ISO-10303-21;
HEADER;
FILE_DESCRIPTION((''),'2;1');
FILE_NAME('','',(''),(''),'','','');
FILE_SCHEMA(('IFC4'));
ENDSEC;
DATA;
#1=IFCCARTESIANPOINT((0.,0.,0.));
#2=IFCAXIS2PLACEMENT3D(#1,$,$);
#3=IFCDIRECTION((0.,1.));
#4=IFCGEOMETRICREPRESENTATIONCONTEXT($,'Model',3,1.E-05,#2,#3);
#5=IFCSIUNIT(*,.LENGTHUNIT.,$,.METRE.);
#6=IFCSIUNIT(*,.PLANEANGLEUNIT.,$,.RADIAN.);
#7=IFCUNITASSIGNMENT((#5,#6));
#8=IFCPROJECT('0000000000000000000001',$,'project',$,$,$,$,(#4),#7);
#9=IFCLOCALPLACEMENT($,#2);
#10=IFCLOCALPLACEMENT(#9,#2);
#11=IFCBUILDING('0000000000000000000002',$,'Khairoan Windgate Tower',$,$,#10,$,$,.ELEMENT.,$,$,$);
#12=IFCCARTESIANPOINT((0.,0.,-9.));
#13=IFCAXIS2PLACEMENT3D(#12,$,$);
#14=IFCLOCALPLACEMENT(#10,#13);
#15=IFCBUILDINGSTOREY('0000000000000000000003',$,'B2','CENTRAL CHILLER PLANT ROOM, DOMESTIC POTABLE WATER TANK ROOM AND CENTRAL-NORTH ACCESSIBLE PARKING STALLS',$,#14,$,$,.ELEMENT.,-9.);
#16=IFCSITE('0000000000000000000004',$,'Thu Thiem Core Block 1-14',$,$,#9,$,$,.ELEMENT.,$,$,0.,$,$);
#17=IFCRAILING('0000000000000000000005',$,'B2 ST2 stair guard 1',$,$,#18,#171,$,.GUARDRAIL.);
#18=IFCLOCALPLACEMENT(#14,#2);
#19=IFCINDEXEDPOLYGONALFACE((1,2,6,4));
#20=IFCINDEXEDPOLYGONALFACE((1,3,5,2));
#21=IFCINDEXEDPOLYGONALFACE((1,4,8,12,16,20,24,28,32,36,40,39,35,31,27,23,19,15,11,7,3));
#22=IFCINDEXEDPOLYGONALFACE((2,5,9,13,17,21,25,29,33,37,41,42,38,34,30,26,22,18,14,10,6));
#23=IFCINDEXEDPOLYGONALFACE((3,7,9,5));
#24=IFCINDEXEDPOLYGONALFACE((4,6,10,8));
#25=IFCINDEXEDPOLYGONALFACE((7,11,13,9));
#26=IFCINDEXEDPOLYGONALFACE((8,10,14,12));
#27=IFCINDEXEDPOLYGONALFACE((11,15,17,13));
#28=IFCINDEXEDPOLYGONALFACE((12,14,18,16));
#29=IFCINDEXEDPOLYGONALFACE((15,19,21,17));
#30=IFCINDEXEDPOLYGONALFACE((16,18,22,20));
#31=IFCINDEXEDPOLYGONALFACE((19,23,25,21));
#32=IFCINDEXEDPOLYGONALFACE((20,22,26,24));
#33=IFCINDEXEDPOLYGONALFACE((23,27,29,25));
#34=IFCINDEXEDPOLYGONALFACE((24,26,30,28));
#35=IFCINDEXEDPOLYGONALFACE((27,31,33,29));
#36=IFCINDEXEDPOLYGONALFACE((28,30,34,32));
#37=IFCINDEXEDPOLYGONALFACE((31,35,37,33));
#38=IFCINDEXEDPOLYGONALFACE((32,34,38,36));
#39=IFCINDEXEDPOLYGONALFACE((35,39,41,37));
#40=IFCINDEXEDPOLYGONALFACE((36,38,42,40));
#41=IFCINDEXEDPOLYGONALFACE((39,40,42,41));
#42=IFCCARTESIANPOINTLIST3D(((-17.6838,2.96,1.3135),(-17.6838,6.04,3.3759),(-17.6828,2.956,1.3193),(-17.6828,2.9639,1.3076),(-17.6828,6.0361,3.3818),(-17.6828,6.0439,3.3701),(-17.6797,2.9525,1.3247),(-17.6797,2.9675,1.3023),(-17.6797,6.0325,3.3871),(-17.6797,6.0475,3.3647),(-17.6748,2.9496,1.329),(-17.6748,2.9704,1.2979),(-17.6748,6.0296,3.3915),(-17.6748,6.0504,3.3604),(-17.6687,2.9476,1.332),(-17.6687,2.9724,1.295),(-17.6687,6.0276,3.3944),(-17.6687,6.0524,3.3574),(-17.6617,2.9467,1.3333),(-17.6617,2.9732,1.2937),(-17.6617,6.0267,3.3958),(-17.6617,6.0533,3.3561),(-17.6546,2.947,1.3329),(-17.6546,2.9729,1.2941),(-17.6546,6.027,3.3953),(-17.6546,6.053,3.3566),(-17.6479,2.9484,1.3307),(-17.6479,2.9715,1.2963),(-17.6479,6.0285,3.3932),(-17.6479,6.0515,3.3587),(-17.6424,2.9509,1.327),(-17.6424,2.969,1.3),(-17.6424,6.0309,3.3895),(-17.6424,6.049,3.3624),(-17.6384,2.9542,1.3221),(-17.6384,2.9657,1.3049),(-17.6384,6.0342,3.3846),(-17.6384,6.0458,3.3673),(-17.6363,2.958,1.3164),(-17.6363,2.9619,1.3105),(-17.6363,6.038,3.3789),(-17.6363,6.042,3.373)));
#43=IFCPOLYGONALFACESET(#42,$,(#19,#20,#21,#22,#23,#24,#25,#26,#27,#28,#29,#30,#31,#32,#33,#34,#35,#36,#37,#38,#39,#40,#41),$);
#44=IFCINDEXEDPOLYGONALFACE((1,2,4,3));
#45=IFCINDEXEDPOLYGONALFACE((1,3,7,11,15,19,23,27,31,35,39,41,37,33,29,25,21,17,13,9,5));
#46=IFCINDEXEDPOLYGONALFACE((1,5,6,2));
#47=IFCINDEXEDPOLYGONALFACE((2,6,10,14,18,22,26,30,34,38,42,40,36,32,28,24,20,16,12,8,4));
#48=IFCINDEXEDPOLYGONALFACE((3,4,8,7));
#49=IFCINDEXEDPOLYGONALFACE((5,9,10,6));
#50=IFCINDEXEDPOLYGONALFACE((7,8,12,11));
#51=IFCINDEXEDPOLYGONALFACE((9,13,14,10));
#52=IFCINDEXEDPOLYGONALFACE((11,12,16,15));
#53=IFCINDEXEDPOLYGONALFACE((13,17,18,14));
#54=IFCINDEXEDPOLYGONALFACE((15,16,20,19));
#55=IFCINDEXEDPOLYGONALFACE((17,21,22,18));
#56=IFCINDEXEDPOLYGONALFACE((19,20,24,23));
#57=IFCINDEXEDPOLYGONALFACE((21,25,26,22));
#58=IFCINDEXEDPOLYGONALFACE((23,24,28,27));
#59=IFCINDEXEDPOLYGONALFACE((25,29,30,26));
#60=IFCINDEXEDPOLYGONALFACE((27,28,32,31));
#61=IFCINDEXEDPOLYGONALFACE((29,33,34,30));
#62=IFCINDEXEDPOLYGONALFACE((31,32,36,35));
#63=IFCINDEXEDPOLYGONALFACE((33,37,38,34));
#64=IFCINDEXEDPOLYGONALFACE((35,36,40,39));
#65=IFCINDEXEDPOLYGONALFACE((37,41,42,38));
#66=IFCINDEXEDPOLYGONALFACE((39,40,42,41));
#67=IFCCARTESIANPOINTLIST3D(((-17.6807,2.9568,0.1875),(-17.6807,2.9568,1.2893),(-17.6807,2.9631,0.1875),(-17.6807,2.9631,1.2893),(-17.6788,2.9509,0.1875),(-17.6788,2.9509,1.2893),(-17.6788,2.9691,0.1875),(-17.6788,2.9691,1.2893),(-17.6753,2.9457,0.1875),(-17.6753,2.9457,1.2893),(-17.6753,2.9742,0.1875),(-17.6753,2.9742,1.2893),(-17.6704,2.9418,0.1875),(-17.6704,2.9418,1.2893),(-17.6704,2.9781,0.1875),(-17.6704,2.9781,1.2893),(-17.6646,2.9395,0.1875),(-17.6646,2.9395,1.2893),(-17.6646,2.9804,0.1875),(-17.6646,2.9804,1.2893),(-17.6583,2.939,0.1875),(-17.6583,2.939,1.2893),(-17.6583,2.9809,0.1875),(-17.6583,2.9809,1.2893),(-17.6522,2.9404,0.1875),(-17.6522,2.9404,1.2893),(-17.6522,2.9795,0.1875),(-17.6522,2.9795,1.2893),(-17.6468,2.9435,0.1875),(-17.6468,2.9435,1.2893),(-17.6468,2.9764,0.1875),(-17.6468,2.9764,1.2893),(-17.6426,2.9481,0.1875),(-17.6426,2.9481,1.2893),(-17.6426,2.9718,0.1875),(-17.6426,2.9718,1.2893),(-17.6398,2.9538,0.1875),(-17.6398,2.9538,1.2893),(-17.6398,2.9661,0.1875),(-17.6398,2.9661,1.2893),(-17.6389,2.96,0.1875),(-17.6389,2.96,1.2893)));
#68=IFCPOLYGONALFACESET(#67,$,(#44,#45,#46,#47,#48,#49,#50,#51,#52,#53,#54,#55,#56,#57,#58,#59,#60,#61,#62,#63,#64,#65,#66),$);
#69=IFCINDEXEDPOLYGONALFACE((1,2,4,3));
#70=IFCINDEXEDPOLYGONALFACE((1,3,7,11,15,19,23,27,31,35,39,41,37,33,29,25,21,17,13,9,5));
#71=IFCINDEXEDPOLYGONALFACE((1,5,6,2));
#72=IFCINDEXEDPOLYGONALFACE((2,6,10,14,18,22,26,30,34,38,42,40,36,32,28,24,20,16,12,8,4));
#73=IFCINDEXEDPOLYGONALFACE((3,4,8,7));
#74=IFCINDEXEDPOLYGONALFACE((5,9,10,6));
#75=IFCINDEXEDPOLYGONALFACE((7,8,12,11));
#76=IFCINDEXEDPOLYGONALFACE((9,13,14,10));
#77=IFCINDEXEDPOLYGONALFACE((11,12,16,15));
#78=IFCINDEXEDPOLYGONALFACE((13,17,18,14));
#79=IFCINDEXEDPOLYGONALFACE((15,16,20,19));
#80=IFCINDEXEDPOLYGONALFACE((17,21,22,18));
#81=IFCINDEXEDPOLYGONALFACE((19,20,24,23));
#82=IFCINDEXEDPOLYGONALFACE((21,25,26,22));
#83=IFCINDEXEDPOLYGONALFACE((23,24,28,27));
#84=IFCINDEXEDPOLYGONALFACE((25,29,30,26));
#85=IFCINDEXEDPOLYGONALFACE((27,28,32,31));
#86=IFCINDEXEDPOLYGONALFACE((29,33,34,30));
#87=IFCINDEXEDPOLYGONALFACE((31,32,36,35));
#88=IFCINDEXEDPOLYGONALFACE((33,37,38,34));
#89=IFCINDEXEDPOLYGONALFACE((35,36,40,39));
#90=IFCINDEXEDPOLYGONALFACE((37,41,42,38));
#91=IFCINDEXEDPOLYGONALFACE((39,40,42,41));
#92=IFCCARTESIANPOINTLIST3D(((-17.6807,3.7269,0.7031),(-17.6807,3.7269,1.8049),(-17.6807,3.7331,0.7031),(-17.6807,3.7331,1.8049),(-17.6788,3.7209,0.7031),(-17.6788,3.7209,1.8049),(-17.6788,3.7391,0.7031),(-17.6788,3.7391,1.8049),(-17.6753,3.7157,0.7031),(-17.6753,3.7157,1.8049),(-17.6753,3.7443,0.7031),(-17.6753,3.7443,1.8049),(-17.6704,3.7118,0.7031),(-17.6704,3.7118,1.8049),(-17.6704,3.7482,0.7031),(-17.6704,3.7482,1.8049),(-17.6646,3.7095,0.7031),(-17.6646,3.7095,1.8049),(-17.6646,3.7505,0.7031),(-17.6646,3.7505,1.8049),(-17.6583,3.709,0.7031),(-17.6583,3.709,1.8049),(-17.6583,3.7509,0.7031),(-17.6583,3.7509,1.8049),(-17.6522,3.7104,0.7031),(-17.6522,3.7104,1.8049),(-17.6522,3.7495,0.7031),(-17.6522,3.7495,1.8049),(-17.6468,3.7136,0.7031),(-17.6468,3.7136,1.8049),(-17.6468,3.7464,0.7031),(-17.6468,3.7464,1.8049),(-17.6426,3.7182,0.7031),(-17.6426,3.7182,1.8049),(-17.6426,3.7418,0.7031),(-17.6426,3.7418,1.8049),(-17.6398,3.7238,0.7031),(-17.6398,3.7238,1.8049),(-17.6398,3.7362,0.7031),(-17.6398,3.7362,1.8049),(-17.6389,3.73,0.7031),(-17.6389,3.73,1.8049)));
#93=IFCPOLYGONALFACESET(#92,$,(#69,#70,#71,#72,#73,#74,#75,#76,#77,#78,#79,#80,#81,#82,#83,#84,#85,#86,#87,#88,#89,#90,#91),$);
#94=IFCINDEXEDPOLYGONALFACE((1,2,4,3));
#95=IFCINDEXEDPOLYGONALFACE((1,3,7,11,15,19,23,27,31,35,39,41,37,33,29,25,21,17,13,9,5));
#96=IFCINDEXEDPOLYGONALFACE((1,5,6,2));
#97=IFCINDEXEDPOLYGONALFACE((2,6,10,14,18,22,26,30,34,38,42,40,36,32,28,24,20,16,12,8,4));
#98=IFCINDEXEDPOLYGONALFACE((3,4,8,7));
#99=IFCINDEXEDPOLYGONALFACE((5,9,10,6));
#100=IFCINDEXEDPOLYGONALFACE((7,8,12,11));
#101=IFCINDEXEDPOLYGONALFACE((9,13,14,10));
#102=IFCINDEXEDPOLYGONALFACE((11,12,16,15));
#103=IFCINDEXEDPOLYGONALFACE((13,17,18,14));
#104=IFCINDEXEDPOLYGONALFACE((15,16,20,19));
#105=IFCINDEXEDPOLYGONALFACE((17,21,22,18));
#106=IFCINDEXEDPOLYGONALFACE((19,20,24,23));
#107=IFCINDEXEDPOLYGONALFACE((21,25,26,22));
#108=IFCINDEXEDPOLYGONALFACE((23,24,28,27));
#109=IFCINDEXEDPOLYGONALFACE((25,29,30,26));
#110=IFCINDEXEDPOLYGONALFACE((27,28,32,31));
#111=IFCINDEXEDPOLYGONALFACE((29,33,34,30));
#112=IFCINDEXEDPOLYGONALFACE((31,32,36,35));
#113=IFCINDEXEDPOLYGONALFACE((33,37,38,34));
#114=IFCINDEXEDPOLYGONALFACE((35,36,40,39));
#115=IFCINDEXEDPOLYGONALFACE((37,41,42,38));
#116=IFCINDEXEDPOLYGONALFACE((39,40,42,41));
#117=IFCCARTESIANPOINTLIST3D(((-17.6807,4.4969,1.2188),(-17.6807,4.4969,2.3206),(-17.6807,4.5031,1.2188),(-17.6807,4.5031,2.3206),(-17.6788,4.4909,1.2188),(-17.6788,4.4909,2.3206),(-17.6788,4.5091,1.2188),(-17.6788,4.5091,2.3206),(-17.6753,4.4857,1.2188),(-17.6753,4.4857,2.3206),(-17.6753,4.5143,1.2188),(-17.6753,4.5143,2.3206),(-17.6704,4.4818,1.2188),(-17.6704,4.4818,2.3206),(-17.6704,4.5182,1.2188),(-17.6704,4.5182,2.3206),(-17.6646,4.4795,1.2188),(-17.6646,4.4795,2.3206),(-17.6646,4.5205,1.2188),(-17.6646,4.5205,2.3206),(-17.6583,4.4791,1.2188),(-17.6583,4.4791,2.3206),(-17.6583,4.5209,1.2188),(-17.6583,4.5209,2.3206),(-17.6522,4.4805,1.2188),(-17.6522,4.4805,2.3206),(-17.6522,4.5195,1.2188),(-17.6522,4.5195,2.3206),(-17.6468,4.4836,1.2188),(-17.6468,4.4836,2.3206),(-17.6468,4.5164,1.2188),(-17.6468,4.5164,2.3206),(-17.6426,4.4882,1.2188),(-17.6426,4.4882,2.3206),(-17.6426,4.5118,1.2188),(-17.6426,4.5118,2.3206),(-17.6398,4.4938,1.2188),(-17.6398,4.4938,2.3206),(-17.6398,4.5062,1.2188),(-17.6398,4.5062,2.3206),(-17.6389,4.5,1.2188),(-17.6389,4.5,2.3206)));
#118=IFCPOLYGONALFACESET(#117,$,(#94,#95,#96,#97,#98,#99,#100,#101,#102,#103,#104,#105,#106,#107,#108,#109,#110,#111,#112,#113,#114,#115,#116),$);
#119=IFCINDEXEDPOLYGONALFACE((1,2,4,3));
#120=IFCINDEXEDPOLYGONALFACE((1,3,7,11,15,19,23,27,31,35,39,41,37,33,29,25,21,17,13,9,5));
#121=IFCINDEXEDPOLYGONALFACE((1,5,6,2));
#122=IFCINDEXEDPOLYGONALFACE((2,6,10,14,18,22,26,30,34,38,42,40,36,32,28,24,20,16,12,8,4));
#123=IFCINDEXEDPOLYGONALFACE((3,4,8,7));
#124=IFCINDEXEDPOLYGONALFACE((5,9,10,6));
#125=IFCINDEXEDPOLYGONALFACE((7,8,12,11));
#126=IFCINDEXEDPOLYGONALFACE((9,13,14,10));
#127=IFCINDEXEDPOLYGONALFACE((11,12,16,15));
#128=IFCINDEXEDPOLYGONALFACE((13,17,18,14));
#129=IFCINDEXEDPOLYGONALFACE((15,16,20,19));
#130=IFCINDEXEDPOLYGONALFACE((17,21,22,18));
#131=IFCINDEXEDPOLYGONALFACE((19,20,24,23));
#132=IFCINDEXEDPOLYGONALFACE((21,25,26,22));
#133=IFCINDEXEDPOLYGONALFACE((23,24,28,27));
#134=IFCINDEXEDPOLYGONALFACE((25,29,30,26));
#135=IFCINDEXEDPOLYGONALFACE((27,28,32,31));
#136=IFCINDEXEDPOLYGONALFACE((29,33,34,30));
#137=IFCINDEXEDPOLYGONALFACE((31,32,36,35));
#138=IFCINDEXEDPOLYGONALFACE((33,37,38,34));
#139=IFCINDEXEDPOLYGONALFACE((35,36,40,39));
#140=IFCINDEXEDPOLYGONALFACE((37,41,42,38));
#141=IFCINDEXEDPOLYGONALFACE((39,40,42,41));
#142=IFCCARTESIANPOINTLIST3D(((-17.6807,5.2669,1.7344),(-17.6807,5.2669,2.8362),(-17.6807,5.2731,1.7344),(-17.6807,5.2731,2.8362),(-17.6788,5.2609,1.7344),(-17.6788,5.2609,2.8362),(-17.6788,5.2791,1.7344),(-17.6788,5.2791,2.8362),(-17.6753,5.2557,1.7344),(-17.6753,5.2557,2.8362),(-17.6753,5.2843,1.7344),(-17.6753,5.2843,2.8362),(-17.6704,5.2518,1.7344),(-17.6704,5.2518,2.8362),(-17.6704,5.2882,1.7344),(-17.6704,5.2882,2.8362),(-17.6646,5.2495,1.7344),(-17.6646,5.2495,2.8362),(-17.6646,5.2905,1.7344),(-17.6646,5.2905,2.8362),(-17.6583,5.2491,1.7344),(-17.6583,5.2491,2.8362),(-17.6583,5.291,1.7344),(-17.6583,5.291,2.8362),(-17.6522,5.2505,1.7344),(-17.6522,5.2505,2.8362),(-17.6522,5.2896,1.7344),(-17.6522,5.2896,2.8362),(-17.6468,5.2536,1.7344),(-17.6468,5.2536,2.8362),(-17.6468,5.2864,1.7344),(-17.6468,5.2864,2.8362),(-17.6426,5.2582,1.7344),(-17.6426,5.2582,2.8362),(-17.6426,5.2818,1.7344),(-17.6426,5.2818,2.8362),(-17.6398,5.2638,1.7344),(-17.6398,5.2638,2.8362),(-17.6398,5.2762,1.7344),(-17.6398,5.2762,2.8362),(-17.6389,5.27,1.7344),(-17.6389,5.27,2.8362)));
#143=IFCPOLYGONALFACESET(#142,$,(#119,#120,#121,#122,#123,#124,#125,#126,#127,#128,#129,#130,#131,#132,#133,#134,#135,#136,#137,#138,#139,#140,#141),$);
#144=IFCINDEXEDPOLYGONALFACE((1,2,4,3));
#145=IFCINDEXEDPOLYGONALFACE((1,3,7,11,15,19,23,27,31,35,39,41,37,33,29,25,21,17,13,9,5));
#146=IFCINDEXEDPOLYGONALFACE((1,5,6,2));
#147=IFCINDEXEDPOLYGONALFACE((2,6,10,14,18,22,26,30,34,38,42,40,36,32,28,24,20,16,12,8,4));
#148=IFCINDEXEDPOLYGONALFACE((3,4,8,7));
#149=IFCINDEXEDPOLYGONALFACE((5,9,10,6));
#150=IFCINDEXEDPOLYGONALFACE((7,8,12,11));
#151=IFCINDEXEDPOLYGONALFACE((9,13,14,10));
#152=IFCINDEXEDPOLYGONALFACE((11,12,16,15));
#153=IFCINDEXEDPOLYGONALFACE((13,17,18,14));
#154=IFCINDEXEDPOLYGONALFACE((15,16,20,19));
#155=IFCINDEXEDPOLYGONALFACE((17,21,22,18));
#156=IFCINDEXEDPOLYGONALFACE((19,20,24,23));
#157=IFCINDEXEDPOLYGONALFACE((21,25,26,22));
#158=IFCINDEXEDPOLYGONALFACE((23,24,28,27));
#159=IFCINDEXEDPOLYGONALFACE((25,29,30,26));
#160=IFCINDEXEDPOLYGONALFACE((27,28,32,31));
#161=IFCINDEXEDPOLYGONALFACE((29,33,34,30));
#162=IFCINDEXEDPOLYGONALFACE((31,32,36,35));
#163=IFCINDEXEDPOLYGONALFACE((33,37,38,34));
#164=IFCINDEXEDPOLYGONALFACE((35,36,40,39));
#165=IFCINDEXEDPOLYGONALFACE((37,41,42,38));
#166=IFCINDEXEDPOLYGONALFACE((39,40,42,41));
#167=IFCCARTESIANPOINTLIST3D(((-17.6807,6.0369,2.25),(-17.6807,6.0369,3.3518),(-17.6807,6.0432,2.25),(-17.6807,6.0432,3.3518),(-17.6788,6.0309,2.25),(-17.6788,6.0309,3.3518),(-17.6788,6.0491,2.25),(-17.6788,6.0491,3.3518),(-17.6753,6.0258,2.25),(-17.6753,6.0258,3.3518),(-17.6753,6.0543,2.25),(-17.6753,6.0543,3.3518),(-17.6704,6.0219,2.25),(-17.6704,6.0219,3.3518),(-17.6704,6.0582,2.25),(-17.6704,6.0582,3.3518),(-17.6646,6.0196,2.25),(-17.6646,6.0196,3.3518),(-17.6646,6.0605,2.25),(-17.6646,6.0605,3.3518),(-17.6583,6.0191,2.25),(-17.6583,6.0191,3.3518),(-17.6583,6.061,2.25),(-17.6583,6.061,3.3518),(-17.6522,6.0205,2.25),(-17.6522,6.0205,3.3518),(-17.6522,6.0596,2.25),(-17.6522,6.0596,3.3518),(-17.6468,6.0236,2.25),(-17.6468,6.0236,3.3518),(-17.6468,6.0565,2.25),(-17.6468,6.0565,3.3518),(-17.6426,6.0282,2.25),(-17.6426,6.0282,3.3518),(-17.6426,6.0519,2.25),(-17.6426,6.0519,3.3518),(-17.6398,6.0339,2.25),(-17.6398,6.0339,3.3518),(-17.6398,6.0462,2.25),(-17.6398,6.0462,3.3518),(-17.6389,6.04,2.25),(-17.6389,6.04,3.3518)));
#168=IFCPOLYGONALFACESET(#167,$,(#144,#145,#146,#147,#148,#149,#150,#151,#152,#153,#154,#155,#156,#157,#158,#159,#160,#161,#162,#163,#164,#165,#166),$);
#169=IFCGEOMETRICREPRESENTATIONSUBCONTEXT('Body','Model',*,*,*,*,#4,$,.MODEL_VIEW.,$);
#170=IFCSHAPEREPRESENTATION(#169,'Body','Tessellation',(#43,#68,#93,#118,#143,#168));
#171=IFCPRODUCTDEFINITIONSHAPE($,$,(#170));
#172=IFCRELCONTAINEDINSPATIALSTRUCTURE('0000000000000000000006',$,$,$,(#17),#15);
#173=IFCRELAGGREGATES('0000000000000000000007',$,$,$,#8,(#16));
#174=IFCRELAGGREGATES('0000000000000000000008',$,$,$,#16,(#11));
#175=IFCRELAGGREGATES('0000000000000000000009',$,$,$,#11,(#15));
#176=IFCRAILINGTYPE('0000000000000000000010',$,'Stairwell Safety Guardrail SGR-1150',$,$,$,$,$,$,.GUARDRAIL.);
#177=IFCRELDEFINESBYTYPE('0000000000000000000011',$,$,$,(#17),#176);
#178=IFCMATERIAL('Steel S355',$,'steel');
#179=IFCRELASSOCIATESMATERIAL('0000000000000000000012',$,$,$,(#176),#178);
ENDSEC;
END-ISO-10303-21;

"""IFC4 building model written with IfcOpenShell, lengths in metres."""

from ifc_helpers import new_model, si_unit, direction, frame, origin, origin_2d, place, context, subcontext, project, spatial, circle, extrude, material, type_object, element, save


model = new_model("IFC4")

# Units and contexts
model_context = context("Model", 3, precision=1e-05, world=origin(), true_north=direction((0.0, 1.0)))
body_context = subcontext(model_context, "Body", "Model", "MODEL_VIEW")
ifc_project = project(units=[si_unit("LENGTHUNIT", "METRE"), si_unit("PLANEANGLEUNIT", "RADIAN")], contexts=[model_context])

# Site, building, storey
site_placement = place(None, origin())
site = spatial("IfcSite", under=ifc_project, at=site_placement, Name="Thu Thiem Core Block 1-14", CompositionType="ELEMENT", RefElevation=0.0)
building_placement = place(site_placement, origin())
building = spatial("IfcBuilding", under=site, at=building_placement, Name="Khairoan Windgate Tower", CompositionType="ELEMENT")
storey_placement = place(building_placement, frame((0.0, 0.0, -9.0)))
storey = spatial("IfcBuildingStorey", under=building, at=storey_placement, Name="B2", Description="CENTRAL CHILLER PLANT ROOM, DOMESTIC POTABLE WATER TANK ROOM AND CENTRAL-NORTH ACCESSIBLE PARKING STALLS", CompositionType="ELEMENT", Elevation=-9.0)

# Railing
ifc_material_1 = material(Name="Steel S355", Category="steel")
railing_type_1 = type_object("IfcRailingType", Name="Stairwell Safety Guardrail SGR-1150", PredefinedType="GUARDRAIL", material=ifc_material_1)
railing_1_placement = place(storey_placement, frame((-17.6599, 2.96, 0.1875)))
element("IfcRailing", 1, at=railing_1_placement, inside=storey, type_object=railing_type_1, Name="B2 ST2 stair guard 1", PredefinedType="GUARDRAIL", context=body_context, shape_type="SweptSolid", body=[
    extrude(circle(Radius=0.0239, at=origin_2d()), frame((0.0, 0.0, 1.126), z_axis=(0.0, 0.830914, 0.556401), x_axis=(-1.0, 0.0, 0.0)), (0.0, 0.0, 1.0), 3.7068),
    extrude(circle(Radius=0.021, at=origin_2d()), origin(), (0.0, 0.0, 1.0), 1.1018),
    extrude(circle(Radius=0.021, at=origin_2d()), frame((0.0, 0.77, 0.5156)), (0.0, 0.0, 1.0), 1.1018),
    extrude(circle(Radius=0.021, at=origin_2d()), frame((0.0, 1.54, 1.0312)), (0.0, 0.0, 1.0), 1.1018),
    extrude(circle(Radius=0.021, at=origin_2d()), frame((0.0, 2.3101, 1.5469)), (0.0, 0.0, 1.0), 1.1018),
    extrude(circle(Radius=0.021, at=origin_2d()), frame((0.0, 3.0801, 2.0625)), (0.0, 0.0, 1.0), 1.1018),
])

save(model, "model.ifc")
